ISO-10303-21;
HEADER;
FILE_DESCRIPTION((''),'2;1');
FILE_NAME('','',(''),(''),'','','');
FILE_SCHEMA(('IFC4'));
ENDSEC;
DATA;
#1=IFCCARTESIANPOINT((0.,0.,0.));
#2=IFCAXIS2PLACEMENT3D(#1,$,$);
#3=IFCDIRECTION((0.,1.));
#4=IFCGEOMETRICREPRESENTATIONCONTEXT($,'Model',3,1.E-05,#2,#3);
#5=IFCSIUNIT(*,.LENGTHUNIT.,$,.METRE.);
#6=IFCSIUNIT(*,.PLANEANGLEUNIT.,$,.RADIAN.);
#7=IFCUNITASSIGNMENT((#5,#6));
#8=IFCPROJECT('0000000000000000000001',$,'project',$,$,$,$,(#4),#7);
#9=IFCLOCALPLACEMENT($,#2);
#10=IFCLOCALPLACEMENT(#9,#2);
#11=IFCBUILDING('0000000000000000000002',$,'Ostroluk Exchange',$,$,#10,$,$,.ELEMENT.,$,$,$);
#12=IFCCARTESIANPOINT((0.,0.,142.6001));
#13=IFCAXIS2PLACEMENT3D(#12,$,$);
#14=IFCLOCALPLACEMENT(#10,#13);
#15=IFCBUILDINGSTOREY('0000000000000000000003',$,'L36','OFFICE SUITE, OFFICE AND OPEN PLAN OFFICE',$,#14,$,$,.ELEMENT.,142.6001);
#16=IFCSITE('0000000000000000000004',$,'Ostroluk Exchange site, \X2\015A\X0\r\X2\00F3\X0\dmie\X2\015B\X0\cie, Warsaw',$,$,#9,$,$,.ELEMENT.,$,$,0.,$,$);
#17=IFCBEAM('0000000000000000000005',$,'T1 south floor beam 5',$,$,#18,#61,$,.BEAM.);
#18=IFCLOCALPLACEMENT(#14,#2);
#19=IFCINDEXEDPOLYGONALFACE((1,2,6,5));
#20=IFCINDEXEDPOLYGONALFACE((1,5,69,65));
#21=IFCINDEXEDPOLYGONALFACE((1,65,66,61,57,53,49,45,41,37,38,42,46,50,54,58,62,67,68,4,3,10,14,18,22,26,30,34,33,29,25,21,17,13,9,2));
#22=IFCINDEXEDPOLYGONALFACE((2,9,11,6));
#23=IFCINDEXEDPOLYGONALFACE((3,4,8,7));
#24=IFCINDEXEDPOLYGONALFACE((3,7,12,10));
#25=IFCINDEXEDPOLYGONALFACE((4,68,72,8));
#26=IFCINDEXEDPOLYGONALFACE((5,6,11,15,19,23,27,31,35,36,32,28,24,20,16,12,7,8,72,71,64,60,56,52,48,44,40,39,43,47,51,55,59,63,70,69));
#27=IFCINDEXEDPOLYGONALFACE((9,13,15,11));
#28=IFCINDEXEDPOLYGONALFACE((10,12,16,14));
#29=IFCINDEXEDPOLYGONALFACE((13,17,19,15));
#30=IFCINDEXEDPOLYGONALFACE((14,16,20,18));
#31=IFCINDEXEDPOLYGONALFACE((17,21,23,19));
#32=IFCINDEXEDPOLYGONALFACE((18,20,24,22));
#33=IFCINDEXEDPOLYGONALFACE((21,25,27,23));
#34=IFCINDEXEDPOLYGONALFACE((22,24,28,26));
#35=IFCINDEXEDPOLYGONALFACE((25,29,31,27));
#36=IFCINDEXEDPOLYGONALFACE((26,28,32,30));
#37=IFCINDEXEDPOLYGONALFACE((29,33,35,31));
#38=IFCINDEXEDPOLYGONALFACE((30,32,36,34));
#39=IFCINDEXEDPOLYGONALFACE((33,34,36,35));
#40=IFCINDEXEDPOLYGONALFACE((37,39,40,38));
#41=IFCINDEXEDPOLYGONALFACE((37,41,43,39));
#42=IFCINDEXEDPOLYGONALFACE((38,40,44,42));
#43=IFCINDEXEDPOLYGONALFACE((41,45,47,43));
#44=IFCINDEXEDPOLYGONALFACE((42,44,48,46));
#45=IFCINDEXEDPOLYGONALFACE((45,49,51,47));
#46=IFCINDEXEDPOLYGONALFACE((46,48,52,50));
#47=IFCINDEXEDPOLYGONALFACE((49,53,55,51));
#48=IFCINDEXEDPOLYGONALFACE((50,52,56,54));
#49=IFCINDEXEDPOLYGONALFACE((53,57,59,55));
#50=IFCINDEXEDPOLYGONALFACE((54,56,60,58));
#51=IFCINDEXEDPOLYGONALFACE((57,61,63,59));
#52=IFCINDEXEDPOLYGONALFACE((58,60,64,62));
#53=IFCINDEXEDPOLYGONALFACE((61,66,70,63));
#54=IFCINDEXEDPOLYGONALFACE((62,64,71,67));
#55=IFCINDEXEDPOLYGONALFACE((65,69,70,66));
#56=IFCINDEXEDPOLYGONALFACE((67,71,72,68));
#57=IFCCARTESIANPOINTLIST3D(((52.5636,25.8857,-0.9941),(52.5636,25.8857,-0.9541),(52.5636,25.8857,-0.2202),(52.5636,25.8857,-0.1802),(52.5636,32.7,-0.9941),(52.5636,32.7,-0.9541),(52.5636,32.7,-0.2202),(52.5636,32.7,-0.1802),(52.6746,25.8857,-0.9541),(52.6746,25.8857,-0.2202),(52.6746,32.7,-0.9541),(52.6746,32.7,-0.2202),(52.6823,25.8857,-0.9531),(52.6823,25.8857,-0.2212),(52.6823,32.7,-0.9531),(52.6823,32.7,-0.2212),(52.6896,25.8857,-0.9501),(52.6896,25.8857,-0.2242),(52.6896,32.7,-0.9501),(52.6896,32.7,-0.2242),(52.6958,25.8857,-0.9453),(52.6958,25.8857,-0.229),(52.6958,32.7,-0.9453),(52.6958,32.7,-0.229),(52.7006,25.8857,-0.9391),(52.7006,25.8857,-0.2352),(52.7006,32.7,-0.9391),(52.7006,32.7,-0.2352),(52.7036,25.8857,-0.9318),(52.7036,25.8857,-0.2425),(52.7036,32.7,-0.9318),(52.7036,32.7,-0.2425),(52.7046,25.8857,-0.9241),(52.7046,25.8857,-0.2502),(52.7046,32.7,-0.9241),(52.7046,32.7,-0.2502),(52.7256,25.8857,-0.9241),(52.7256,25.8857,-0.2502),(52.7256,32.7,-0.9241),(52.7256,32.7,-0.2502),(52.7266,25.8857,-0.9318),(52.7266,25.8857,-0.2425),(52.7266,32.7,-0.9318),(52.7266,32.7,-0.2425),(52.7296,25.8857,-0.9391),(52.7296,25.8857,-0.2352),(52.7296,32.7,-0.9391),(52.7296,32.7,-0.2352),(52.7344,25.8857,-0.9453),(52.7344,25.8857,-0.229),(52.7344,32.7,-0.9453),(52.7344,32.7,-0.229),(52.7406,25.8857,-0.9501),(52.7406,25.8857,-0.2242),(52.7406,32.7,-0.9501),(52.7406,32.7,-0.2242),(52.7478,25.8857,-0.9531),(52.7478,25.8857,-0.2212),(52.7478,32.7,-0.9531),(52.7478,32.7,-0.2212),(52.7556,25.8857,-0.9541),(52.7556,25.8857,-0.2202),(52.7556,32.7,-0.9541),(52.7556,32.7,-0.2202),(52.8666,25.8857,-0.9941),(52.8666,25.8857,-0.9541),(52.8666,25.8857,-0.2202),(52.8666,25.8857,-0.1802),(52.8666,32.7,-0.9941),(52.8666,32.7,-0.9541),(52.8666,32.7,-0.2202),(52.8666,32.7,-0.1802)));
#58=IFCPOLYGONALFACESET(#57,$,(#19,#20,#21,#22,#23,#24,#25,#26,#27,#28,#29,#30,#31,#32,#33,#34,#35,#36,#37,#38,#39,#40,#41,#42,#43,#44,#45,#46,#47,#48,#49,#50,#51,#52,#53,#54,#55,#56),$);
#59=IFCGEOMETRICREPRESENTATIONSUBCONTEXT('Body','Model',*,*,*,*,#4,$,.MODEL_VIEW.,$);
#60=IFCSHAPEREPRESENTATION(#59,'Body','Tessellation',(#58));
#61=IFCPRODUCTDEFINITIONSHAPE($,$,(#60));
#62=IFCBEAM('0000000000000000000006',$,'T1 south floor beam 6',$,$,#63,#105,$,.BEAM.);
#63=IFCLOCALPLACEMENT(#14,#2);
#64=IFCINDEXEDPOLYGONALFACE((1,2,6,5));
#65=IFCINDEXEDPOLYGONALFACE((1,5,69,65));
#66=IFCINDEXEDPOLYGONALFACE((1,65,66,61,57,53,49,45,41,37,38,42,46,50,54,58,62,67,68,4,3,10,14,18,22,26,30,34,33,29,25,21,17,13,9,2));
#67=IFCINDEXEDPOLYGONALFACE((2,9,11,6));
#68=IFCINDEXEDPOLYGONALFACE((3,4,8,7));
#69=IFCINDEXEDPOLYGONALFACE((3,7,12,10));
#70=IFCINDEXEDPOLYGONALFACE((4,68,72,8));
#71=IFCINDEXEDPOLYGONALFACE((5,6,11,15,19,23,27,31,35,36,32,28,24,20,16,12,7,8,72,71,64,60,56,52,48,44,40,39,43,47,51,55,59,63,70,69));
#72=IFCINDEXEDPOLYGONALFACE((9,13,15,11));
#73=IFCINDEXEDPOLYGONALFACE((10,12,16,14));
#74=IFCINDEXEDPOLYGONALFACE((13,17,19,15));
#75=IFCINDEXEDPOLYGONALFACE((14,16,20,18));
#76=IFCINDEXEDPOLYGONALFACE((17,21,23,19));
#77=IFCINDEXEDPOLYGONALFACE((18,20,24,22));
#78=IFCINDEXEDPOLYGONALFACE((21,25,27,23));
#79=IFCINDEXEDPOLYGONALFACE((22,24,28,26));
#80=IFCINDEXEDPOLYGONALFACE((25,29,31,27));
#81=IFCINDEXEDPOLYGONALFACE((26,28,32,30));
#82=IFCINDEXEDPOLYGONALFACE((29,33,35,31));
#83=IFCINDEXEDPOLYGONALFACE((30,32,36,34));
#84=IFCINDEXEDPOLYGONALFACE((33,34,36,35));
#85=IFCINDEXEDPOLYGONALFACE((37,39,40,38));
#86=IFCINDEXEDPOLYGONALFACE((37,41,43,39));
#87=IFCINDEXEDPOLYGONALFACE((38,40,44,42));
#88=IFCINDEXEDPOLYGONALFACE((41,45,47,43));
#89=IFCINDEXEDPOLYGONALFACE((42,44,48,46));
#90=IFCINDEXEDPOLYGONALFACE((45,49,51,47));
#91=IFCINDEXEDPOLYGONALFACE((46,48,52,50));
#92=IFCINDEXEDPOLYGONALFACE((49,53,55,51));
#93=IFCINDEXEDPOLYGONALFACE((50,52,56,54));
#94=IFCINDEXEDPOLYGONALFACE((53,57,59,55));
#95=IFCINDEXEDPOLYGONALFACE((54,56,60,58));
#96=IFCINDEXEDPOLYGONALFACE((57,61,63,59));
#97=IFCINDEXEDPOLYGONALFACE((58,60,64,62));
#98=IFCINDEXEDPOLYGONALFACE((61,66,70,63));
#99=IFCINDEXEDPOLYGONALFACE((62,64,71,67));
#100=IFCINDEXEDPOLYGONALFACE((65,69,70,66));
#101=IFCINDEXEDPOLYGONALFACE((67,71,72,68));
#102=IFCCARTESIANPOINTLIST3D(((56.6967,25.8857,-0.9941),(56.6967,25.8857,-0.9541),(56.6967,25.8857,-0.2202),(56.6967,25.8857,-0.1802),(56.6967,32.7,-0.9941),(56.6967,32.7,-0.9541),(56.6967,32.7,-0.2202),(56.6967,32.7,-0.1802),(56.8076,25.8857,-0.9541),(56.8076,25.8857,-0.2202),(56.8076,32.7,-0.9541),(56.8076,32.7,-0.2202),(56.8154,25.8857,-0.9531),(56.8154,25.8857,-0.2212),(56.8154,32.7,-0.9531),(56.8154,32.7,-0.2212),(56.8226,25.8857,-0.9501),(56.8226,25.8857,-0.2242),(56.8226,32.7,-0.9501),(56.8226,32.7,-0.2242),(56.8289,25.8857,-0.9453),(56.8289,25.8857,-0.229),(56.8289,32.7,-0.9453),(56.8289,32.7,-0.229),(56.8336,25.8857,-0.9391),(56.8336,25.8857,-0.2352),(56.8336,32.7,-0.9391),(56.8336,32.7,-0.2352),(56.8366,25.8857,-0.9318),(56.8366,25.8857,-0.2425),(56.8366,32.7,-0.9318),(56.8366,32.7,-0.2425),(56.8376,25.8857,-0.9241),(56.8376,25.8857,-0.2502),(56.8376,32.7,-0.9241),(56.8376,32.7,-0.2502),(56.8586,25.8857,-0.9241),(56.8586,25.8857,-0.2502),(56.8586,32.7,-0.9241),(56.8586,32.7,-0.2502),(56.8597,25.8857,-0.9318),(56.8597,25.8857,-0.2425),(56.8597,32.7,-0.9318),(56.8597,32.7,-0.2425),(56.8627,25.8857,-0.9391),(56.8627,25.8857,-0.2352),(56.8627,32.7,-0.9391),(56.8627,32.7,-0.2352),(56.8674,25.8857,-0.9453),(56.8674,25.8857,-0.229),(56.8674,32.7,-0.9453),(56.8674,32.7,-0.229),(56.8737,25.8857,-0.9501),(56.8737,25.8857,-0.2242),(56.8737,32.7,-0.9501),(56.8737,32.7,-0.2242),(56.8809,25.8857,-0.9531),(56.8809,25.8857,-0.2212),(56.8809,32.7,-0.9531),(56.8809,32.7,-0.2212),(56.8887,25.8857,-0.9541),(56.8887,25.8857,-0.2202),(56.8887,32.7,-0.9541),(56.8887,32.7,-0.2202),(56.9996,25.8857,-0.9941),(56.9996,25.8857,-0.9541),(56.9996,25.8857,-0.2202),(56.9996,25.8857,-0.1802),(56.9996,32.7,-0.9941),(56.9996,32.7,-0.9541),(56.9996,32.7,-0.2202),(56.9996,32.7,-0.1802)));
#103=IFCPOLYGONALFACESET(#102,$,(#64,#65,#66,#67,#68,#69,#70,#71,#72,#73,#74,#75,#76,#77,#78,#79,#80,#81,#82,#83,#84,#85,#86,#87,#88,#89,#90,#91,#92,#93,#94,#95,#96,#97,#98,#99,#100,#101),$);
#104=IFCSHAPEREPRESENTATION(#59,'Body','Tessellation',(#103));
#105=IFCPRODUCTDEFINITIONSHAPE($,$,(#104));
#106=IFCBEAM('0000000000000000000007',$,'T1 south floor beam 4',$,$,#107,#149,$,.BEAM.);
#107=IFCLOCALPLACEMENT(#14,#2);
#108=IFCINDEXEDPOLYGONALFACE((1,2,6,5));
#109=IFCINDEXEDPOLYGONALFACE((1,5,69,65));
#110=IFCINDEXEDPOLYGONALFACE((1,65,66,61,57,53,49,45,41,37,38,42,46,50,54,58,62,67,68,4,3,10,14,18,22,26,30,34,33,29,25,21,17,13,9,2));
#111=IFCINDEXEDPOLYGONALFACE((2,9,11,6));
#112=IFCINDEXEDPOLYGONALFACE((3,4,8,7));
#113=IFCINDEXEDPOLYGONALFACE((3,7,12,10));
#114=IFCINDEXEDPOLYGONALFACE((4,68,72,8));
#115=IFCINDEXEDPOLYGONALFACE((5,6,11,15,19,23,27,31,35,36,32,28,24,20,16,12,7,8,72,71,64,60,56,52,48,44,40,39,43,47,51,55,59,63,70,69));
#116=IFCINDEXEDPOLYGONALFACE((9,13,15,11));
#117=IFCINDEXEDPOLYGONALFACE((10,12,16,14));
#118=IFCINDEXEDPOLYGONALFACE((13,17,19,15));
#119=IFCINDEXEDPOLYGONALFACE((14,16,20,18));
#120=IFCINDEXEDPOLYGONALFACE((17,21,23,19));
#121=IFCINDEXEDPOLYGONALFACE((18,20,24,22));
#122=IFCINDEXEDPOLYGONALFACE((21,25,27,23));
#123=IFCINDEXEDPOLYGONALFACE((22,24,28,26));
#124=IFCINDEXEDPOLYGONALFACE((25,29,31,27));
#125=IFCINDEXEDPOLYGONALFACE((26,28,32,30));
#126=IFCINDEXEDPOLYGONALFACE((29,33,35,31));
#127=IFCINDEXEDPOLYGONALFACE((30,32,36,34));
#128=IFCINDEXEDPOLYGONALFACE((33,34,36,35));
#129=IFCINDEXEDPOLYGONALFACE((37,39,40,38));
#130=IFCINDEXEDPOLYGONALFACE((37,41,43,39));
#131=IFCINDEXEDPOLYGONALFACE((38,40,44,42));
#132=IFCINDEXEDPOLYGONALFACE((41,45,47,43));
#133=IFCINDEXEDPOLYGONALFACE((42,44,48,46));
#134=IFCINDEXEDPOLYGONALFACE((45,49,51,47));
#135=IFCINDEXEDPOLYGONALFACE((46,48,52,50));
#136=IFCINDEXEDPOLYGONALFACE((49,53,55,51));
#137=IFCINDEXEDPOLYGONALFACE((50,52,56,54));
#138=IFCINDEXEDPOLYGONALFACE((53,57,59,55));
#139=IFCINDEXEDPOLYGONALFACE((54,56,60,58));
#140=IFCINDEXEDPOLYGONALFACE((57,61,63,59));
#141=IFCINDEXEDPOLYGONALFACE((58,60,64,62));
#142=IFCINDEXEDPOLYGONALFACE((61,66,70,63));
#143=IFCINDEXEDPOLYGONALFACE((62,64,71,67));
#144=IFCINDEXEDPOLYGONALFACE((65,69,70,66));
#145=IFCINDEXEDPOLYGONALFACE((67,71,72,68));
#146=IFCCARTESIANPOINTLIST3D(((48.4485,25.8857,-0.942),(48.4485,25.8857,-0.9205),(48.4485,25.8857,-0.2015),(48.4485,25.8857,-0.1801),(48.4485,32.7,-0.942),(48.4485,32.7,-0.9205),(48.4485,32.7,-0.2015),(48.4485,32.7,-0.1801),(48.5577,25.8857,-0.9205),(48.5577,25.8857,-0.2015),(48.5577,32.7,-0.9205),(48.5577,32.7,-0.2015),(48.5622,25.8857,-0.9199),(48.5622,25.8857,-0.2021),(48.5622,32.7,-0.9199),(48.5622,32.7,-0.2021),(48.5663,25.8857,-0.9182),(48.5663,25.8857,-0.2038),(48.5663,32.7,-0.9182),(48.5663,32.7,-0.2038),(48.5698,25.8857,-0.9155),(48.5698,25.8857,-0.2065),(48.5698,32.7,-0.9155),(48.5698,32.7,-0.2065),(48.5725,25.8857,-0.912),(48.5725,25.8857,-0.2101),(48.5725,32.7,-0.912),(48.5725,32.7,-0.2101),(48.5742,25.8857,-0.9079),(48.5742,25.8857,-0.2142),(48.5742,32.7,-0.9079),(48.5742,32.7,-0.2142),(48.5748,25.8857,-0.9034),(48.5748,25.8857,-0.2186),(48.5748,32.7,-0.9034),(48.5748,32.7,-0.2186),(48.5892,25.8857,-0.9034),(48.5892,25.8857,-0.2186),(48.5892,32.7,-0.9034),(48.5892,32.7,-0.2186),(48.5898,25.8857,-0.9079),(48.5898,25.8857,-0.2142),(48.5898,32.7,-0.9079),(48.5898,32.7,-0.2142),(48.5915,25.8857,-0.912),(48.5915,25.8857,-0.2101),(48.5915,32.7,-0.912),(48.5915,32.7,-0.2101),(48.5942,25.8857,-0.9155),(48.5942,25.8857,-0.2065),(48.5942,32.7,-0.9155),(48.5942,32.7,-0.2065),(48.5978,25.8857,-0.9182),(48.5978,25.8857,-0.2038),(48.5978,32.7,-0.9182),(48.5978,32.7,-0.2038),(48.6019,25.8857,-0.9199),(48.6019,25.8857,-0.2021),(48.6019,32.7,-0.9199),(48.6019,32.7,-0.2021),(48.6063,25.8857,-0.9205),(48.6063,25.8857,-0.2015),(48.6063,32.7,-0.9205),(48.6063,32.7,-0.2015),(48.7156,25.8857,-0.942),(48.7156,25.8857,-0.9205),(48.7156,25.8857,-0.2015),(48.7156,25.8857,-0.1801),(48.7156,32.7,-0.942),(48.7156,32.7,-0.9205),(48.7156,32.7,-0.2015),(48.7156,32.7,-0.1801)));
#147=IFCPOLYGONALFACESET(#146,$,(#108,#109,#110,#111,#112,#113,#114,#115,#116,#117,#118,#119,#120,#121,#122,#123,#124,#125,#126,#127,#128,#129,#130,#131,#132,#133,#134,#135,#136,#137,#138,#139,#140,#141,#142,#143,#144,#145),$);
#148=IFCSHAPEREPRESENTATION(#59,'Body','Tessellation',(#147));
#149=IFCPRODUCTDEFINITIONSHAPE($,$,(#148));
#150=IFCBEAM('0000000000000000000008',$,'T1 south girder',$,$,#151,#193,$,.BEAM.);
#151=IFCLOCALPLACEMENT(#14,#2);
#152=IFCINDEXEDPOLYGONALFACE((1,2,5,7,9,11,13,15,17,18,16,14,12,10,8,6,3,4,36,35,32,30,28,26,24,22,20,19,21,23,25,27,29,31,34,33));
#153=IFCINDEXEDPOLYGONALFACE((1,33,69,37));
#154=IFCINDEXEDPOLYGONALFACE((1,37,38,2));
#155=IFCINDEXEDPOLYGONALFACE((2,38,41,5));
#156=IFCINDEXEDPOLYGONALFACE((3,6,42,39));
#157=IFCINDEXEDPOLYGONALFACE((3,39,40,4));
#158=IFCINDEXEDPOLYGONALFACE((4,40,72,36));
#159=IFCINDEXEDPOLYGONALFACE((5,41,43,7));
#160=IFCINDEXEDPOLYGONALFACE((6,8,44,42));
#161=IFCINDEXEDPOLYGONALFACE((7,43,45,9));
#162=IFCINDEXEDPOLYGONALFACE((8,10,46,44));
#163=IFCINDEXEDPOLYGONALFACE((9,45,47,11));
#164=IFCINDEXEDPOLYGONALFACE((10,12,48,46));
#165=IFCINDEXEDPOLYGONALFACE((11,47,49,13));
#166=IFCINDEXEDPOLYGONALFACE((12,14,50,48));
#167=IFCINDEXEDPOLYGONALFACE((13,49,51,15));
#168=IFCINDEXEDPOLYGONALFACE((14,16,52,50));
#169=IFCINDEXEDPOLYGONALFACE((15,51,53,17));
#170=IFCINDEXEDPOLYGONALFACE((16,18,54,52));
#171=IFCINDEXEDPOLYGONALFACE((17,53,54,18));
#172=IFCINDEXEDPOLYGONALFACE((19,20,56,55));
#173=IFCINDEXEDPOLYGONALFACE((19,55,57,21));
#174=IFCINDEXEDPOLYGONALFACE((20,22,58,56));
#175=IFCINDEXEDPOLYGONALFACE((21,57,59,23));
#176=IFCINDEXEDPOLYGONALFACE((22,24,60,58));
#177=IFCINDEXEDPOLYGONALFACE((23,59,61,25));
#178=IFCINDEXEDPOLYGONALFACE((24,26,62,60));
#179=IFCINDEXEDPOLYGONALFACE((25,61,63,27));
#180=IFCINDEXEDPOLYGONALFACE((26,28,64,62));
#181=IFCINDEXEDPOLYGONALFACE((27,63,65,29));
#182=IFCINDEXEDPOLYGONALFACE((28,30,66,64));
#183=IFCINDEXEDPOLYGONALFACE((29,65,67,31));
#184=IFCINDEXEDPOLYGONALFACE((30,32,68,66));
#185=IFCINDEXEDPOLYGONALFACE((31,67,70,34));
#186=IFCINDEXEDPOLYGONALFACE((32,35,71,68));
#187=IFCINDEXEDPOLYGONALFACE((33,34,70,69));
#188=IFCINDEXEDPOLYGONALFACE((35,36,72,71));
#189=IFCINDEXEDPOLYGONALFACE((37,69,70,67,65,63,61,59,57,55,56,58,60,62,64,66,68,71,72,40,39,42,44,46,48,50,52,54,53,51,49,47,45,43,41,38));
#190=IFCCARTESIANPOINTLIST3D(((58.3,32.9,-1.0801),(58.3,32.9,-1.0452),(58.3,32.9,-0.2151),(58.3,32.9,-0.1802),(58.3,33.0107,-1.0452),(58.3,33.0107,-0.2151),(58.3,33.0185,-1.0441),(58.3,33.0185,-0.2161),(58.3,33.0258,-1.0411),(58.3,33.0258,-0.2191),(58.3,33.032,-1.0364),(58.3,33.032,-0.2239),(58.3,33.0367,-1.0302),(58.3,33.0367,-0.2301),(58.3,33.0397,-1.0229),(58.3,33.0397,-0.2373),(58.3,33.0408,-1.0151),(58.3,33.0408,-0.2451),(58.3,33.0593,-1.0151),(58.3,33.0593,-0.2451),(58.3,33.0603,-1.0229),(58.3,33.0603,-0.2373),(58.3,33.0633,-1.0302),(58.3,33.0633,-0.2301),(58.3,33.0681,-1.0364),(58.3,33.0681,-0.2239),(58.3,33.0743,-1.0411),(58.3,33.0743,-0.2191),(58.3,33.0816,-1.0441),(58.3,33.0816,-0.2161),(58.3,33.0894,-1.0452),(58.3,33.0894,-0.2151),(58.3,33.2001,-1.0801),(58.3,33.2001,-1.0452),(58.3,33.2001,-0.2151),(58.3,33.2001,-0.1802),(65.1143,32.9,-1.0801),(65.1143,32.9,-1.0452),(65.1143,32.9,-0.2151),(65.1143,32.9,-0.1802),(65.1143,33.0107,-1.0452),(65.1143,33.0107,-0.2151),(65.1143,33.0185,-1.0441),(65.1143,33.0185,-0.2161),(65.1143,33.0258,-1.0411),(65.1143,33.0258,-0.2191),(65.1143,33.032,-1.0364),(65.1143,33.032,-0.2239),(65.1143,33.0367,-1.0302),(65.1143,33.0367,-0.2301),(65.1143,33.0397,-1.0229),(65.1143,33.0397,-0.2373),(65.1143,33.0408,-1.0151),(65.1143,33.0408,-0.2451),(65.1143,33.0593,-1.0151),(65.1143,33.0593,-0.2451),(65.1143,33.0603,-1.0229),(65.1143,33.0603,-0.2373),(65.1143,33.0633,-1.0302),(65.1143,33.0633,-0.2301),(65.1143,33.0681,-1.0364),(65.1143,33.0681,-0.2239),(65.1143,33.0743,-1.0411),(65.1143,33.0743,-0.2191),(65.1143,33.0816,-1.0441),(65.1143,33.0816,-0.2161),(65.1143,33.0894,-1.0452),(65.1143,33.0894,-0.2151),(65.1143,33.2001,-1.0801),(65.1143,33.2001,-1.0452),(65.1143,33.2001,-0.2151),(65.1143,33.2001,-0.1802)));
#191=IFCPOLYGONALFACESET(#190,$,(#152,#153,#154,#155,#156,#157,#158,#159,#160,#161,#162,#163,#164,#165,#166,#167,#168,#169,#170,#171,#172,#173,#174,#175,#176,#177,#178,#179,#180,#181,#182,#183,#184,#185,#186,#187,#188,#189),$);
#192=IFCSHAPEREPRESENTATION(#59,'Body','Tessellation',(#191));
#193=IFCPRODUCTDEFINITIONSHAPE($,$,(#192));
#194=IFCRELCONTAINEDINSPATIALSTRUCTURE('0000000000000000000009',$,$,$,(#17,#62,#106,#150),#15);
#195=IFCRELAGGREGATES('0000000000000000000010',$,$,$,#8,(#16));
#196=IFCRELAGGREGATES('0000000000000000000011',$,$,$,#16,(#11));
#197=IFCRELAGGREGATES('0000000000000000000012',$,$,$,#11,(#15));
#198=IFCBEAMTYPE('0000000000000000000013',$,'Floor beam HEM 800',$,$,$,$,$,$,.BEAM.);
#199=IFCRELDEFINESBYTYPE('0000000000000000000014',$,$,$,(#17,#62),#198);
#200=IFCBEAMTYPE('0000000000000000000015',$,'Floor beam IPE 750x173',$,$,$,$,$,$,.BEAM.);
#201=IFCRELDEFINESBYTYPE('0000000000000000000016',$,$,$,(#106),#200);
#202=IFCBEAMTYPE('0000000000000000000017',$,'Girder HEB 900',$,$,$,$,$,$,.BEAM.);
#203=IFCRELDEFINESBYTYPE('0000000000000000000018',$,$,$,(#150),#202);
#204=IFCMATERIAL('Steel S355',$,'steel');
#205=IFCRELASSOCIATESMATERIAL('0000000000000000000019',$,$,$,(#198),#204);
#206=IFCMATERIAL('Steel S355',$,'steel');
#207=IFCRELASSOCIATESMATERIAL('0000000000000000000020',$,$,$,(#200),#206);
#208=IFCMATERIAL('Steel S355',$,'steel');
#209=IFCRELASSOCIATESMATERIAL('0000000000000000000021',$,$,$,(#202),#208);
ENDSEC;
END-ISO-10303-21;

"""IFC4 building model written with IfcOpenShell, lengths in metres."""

from ifc_helpers import new_model, si_unit, direction, frame, origin, origin_2d, place, context, subcontext, project, spatial, i_section, extrude, material, material_profile, profile_set, type_object, element, save


model = new_model("IFC4")

# Units and contexts
model_context = context("Model", 3, precision=1e-05, world=origin(), true_north=direction((0.0, 1.0)))
body_context = subcontext(model_context, "Body", "Model", "MODEL_VIEW")
ifc_project = project(units=[si_unit("LENGTHUNIT", "METRE"), si_unit("PLANEANGLEUNIT", "RADIAN")], contexts=[model_context])

# Site, building, storey
site_placement = place(None, origin())
site = spatial("IfcSite", under=ifc_project, at=site_placement, Name="Ostroluk Exchange site, Śródmieście, Warsaw", CompositionType="ELEMENT", RefElevation=0.0)
building_placement = place(site_placement, origin())
building = spatial("IfcBuilding", under=site, at=building_placement, Name="Ostroluk Exchange", CompositionType="ELEMENT")
storey_placement = place(building_placement, frame((0.0, 0.0, 142.6001)))
storey = spatial("IfcBuildingStorey", under=building, at=storey_placement, Name="L36", Description="OFFICE SUITE, OFFICE AND OPEN PLAN OFFICE", CompositionType="ELEMENT", Elevation=142.6001)

# Beams
ifc_material_1 = material(Name="Steel S355", Category="steel")
ifc_material_profile_1 = material_profile(ifc_material_1, i_section(OverallWidth=0.303, OverallDepth=0.814, WebThickness=0.021, FlangeThickness=0.04, FilletRadius=0.03, at=origin_2d()), Name="HEM 800")
ifc_profile_set_1 = profile_set([ifc_material_profile_1], Name="Steel S355")
beam_type_1 = type_object("IfcBeamType", Name="Floor beam HEM 800", PredefinedType="BEAM", material=ifc_profile_set_1)
for number, where, z_axis, x_axis, name in (
    (1, (52.7151, 32.7, -0.5872), (0.0, -1.0, 0.0), (1.0, 0.0, 0.0), "T1 south floor beam 5"),
    (2, (56.8481, 32.7, -0.5872), (0.0, -1.0, 0.0), (1.0, 0.0, 0.0), "T1 south floor beam 6"),
):
    element("IfcBeam", number, at=place(storey_placement, frame(where, z_axis=z_axis, x_axis=x_axis)), inside=storey, type_object=beam_type_1, Name=name, PredefinedType="BEAM", context=body_context, shape_type="SweptSolid", body=[
        extrude(i_section(OverallWidth=0.303, OverallDepth=0.814, WebThickness=0.021, FlangeThickness=0.04, FilletRadius=0.03, at=origin_2d()), origin(), (0.0, 0.0, 1.0), 6.8142),
    ])
ifc_material_2 = material(Name="Steel S355", Category="steel")
ifc_material_profile_2 = material_profile(ifc_material_2, i_section(OverallWidth=0.2671, OverallDepth=0.762, WebThickness=0.0144, FlangeThickness=0.0215, FilletRadius=0.0171, at=origin_2d()), Name="IPE 750x173")
ifc_profile_set_2 = profile_set([ifc_material_profile_2], Name="Steel S355")
beam_type_2 = type_object("IfcBeamType", Name="Floor beam IPE 750x173", PredefinedType="BEAM", material=ifc_profile_set_2)
beam_1_placement = place(storey_placement, frame((48.582, 32.7, -0.561), z_axis=(0.0, -1.0, 0.0), x_axis=(1.0, 0.0, 0.0)))
element("IfcBeam", 3, at=beam_1_placement, inside=storey, type_object=beam_type_2, Name="T1 south floor beam 4", PredefinedType="BEAM", context=body_context, shape_type="SweptSolid", body=[
    extrude(i_section(OverallWidth=0.2671, OverallDepth=0.762, WebThickness=0.0144, FlangeThickness=0.0215, FilletRadius=0.0171, at=origin_2d()), origin(), (0.0, 0.0, 1.0), 6.8142),
])
ifc_material_3 = material(Name="Steel S355", Category="steel")
ifc_material_profile_3 = material_profile(ifc_material_3, i_section(OverallWidth=0.3, OverallDepth=0.8999, WebThickness=0.0186, FlangeThickness=0.0349, FilletRadius=0.03, at=origin_2d()), Name="HEB 900")
ifc_profile_set_3 = profile_set([ifc_material_profile_3], Name="Steel S355")
beam_type_3 = type_object("IfcBeamType", Name="Girder HEB 900", PredefinedType="BEAM", material=ifc_profile_set_3)
beam_2_placement = place(storey_placement, frame((58.3, 33.05, -0.6301), z_axis=(1.0, 0.0, 0.0), x_axis=(0.0, 1.0, 0.0)))
element("IfcBeam", 4, at=beam_2_placement, inside=storey, type_object=beam_type_3, Name="T1 south girder", PredefinedType="BEAM", context=body_context, shape_type="SweptSolid", body=[
    extrude(i_section(OverallWidth=0.3, OverallDepth=0.8999, WebThickness=0.0186, FlangeThickness=0.0349, FilletRadius=0.03, at=origin_2d()), origin(), (0.0, 0.0, 1.0), 6.8142),
])

save(model, "model.ifc")
